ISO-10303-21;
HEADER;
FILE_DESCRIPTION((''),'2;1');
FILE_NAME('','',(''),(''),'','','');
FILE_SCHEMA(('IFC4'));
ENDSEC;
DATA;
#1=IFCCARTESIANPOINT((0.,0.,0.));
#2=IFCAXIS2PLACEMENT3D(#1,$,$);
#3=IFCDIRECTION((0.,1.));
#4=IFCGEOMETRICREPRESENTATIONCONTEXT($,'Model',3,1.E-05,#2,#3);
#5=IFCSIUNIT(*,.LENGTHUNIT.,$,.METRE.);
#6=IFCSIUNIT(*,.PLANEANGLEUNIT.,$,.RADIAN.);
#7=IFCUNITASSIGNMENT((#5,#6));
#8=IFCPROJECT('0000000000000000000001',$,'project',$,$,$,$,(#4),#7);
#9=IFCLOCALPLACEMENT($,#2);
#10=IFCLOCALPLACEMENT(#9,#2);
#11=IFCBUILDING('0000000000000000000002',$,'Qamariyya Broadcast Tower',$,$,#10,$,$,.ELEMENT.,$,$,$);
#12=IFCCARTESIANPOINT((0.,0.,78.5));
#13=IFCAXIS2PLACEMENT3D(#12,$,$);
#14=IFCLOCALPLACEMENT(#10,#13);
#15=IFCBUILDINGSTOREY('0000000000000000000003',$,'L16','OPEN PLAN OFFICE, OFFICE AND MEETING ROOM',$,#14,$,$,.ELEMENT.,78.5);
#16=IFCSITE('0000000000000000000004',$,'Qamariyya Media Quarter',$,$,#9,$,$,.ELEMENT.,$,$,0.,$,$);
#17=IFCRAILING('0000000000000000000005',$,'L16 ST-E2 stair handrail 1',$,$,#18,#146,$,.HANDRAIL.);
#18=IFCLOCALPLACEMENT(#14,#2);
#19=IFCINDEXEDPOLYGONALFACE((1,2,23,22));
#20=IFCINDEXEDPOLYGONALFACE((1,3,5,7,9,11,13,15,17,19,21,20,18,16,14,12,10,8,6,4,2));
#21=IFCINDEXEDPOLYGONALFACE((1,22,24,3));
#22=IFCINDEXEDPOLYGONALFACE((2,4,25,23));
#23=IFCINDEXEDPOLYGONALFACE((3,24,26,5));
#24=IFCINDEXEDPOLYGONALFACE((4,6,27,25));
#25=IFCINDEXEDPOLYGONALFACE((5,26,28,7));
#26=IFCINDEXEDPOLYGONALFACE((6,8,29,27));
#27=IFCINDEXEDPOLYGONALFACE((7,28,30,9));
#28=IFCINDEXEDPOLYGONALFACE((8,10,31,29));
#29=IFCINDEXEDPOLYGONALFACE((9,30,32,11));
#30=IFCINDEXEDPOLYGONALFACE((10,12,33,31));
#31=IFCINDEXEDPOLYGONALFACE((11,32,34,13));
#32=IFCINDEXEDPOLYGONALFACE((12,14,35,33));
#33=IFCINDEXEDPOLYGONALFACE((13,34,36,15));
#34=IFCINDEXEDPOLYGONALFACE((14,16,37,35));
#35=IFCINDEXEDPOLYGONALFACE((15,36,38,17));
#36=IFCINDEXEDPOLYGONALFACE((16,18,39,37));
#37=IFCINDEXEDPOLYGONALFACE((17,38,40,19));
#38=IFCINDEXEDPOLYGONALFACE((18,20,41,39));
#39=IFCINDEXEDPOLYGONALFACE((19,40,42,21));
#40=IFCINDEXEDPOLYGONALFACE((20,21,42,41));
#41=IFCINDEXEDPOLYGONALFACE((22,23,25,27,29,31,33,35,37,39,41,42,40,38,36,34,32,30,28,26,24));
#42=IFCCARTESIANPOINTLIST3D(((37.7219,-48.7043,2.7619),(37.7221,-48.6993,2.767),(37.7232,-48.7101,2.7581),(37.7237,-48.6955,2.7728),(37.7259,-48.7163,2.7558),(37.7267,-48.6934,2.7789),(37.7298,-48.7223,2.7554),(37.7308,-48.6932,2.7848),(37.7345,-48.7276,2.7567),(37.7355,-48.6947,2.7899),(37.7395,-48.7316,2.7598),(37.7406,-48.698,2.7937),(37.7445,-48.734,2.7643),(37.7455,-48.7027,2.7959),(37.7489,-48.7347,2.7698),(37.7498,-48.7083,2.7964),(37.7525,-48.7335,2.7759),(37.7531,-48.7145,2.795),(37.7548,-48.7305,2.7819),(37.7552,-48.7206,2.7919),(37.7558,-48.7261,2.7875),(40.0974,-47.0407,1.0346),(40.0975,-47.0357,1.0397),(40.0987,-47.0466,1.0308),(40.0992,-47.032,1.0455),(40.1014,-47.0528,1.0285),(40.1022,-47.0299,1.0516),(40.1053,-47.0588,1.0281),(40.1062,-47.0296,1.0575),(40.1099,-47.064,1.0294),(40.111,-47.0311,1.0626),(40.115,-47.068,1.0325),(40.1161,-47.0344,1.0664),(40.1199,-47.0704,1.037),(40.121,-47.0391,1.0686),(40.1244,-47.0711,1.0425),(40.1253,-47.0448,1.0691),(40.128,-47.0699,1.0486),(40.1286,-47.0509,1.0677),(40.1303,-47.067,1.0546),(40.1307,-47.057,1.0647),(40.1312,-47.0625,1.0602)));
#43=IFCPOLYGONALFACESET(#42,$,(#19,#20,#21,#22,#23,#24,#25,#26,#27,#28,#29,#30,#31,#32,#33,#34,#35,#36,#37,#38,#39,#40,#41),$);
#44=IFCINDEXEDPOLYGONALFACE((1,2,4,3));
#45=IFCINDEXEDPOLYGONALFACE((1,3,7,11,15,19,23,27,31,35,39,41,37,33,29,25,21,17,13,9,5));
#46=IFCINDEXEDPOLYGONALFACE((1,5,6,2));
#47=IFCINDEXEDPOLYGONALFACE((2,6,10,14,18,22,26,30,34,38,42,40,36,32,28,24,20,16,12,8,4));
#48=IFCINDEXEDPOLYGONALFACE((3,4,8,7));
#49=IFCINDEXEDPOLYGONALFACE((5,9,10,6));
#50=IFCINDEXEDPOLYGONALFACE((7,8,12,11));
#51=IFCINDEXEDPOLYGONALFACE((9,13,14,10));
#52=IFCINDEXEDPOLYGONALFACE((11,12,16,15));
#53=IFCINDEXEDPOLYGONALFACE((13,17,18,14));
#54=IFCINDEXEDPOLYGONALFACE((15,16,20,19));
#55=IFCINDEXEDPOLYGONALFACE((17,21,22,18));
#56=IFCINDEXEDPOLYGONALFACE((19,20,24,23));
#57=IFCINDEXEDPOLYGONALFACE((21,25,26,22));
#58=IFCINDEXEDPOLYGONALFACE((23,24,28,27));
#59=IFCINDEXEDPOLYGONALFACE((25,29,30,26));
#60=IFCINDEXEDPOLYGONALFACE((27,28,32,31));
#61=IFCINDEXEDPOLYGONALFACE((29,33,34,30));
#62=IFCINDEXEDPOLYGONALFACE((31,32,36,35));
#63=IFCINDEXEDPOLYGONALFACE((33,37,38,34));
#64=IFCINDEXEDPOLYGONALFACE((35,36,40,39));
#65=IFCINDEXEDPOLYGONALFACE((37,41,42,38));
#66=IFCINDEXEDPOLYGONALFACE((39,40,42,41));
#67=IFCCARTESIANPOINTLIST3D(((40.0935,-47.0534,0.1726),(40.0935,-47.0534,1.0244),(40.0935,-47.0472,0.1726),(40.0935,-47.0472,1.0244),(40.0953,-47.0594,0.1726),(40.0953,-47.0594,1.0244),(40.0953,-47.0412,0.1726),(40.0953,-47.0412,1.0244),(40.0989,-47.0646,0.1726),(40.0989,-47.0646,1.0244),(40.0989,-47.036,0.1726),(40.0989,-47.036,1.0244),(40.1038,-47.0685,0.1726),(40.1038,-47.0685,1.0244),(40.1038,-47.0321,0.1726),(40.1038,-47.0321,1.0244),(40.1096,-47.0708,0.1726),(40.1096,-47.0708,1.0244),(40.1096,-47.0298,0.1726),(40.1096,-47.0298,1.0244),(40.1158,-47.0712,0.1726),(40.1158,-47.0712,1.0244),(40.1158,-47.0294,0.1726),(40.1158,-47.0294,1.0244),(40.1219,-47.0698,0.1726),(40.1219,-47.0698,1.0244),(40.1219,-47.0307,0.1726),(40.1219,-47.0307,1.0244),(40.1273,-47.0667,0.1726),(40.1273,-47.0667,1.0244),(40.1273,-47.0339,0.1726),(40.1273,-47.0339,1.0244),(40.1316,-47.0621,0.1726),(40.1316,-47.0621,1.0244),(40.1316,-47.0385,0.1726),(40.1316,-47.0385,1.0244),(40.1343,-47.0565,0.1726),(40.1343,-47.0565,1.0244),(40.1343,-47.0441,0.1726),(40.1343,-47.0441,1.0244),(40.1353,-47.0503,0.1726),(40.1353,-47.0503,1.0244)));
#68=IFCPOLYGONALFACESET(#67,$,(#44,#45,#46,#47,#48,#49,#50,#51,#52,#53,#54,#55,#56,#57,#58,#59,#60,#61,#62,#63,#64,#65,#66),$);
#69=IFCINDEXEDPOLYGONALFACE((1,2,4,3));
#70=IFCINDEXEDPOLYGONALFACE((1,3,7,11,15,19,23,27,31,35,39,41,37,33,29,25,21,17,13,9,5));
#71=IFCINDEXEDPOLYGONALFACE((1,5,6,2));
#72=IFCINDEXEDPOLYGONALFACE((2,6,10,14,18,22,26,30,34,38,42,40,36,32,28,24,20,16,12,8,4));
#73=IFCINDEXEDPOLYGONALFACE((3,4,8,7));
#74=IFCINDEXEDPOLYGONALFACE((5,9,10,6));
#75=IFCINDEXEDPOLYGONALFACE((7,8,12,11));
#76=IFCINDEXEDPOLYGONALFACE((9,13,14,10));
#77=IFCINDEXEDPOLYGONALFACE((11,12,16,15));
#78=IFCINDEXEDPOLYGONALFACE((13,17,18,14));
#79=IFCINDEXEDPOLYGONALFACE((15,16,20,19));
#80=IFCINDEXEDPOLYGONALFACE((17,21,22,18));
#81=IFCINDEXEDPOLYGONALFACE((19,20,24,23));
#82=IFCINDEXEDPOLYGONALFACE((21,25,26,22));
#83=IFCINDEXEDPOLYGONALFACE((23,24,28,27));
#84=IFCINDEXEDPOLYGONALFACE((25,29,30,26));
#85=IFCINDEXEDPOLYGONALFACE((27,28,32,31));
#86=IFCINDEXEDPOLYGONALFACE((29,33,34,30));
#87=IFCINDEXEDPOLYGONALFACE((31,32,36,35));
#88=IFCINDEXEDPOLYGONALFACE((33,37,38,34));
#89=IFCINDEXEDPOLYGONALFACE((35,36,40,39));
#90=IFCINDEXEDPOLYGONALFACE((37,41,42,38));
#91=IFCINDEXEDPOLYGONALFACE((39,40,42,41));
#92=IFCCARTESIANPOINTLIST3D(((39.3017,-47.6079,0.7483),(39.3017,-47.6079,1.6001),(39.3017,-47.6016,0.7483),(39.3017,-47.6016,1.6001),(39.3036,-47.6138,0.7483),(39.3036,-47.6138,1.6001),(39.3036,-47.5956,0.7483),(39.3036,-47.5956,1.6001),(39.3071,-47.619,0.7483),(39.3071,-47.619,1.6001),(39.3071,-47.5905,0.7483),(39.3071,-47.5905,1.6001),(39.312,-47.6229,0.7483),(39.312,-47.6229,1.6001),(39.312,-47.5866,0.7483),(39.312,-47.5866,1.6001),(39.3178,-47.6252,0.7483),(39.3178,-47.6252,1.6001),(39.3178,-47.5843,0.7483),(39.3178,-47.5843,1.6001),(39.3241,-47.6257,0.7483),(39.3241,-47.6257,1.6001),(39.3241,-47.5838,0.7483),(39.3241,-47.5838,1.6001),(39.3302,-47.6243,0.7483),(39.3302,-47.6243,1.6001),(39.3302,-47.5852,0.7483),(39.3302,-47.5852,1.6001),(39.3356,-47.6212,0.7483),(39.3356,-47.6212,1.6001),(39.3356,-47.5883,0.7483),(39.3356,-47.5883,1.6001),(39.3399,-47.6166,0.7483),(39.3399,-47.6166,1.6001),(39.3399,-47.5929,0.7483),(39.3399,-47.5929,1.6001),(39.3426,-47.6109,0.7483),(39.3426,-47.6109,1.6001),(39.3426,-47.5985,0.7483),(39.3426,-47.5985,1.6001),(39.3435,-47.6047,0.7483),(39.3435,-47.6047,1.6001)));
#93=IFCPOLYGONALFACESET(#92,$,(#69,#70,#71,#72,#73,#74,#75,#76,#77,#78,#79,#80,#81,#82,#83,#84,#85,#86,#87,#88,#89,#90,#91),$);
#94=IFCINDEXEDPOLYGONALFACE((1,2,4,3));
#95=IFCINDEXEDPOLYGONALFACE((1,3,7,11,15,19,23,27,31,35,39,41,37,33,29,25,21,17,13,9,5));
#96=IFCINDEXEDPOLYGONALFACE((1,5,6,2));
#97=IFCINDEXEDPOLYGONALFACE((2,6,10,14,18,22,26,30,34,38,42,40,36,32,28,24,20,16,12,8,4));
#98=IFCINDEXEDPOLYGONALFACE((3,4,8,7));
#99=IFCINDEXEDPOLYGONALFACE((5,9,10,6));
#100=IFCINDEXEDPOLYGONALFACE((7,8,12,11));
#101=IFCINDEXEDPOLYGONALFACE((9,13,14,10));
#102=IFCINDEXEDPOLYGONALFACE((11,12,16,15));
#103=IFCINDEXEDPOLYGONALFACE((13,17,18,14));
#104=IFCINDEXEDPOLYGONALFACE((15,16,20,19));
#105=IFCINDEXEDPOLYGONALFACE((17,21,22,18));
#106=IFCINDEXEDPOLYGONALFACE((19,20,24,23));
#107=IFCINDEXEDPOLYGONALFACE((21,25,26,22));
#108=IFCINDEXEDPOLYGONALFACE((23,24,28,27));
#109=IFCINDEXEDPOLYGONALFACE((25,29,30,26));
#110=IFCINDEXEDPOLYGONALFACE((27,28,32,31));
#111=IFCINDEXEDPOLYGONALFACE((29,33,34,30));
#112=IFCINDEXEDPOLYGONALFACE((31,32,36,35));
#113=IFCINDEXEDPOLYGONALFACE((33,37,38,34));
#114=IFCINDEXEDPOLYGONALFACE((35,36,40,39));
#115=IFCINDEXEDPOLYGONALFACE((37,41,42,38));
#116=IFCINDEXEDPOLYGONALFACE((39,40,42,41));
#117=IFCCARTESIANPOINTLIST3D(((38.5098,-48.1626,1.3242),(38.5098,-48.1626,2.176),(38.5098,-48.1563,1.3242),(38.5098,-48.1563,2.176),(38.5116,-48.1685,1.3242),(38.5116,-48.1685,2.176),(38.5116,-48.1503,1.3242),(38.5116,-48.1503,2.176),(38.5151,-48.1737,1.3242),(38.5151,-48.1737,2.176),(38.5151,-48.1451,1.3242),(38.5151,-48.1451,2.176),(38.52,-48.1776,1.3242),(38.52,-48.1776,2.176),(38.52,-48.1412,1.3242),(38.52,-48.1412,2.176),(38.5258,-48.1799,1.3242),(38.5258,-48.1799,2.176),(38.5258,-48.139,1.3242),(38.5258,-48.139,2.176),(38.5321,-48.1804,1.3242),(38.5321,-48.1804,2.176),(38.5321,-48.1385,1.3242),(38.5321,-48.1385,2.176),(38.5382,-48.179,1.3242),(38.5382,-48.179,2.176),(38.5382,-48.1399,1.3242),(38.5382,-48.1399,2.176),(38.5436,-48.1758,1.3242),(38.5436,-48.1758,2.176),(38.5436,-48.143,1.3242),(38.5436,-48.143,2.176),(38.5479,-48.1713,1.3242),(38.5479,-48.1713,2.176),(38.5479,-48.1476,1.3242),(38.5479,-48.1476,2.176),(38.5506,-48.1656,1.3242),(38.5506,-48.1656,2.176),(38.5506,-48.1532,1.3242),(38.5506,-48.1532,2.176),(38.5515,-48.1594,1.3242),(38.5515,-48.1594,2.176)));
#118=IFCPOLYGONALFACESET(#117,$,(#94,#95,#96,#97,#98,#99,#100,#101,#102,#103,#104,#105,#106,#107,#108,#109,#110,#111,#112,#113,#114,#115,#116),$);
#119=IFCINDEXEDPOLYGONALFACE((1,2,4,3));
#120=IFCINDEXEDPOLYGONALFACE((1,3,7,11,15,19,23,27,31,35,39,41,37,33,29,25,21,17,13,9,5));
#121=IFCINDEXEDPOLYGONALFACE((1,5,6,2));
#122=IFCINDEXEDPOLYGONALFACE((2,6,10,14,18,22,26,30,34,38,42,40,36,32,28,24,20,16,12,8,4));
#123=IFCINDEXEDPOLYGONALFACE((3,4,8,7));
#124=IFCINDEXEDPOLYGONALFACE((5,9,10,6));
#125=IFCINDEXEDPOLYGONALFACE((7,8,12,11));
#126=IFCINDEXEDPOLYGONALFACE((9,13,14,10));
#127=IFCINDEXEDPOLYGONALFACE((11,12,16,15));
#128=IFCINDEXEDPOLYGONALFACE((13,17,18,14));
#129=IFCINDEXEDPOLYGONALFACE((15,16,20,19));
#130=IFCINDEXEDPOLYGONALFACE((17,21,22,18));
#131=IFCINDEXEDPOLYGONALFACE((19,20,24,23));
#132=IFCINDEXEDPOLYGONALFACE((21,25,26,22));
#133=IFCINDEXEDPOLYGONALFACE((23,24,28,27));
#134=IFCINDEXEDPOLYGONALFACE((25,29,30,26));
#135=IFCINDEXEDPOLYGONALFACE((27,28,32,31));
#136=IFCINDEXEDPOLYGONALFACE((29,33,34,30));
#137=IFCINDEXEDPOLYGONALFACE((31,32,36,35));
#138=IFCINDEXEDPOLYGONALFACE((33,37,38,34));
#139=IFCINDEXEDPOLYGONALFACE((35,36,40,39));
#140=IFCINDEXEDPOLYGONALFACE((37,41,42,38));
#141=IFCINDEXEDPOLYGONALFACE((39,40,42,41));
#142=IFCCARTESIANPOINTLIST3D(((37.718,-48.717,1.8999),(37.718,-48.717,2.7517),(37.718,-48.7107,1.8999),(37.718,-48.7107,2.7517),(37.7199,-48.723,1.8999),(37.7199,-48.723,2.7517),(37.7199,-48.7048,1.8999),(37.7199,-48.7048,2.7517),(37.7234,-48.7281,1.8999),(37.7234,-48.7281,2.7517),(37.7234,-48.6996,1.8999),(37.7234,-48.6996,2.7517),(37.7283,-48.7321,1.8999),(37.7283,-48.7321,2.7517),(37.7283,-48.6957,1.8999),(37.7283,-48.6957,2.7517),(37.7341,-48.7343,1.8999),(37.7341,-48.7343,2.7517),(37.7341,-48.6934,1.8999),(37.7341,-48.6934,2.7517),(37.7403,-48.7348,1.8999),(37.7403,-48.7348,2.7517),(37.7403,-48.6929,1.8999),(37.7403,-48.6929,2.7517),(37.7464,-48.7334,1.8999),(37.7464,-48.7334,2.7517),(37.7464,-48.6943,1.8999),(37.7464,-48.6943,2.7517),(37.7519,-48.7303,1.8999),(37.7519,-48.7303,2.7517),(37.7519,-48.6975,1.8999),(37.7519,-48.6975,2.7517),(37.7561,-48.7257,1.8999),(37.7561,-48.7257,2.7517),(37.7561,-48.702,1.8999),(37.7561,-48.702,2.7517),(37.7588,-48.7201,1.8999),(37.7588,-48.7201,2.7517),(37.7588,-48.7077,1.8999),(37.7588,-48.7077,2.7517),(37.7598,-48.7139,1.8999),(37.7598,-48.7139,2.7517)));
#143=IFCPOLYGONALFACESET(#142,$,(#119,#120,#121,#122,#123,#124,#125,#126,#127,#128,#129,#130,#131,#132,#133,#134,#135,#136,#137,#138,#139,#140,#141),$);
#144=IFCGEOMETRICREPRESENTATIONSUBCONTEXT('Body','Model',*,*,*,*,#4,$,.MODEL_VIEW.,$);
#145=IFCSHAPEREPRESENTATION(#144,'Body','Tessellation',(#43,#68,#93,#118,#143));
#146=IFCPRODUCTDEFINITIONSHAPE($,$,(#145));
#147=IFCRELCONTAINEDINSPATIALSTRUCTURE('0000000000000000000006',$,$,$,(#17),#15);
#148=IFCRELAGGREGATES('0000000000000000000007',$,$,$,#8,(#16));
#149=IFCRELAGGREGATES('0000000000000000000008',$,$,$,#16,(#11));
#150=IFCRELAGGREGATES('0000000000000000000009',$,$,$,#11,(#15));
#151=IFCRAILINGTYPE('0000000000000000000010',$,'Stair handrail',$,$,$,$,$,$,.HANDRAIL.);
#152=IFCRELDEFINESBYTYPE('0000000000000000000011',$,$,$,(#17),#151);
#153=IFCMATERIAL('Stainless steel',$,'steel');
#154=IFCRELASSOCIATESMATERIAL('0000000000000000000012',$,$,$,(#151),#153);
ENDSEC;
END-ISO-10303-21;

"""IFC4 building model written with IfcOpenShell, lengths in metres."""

from ifc_helpers import new_model, si_unit, direction, frame, origin, origin_2d, place, context, subcontext, project, spatial, circle, extrude, material, type_object, element, save


model = new_model("IFC4")

# Units and contexts
model_context = context("Model", 3, precision=1e-05, world=origin(), true_north=direction((0.0, 1.0)))
body_context = subcontext(model_context, "Body", "Model", "MODEL_VIEW")
ifc_project = project(units=[si_unit("LENGTHUNIT", "METRE"), si_unit("PLANEANGLEUNIT", "RADIAN")], contexts=[model_context])

# Site, building, storey
site_placement = place(None, origin())
site = spatial("IfcSite", under=ifc_project, at=site_placement, Name="Qamariyya Media Quarter", CompositionType="ELEMENT", RefElevation=0.0)
building_placement = place(site_placement, origin())
building = spatial("IfcBuilding", under=site, at=building_placement, Name="Qamariyya Broadcast Tower", CompositionType="ELEMENT")
storey_placement = place(building_placement, frame((0.0, 0.0, 78.5)))
storey = spatial("IfcBuildingStorey", under=building, at=storey_placement, Name="L16", Description="OPEN PLAN OFFICE, OFFICE AND MEETING ROOM", CompositionType="ELEMENT", Elevation=78.5)

# Railing
ifc_material_1 = material(Name="Stainless steel", Category="steel")
railing_type_1 = type_object("IfcRailingType", Name="Stair handrail", PredefinedType="HANDRAIL", material=ifc_material_1)
railing_1_placement = place(storey_placement, frame((40.1143, -47.0503, 0.1726)))
element("IfcRailing", 1, at=railing_1_placement, inside=storey, type_object=railing_type_1, Name="L16 ST-E2 stair handrail 1", PredefinedType="HANDRAIL", context=body_context, shape_type="SweptSolid", body=[
    extrude(circle(Radius=0.0239, at=origin_2d()), frame((0.0, 0.0, 0.876), z_axis=(-0.703745, -0.492838, 0.511716), x_axis=(0.573632, -0.819113, 0.0)), (0.0, 0.0, 1.0), 3.3755),
    extrude(circle(Radius=0.021, at=origin_2d()), origin(), (0.0, 0.0, 1.0), 0.8518),
    extrude(circle(Radius=0.021, at=origin_2d()), frame((-0.7917, -0.5544, 0.5757)), (0.0, 0.0, 1.0), 0.8518),
    extrude(circle(Radius=0.021, at=origin_2d()), frame((-1.5837, -1.1091, 1.1516)), (0.0, 0.0, 1.0), 0.8518),
    extrude(circle(Radius=0.021, at=origin_2d()), frame((-2.3755, -1.6636, 1.7273)), (0.0, 0.0, 1.0), 0.8518),
])

save(model, "model.ifc")
